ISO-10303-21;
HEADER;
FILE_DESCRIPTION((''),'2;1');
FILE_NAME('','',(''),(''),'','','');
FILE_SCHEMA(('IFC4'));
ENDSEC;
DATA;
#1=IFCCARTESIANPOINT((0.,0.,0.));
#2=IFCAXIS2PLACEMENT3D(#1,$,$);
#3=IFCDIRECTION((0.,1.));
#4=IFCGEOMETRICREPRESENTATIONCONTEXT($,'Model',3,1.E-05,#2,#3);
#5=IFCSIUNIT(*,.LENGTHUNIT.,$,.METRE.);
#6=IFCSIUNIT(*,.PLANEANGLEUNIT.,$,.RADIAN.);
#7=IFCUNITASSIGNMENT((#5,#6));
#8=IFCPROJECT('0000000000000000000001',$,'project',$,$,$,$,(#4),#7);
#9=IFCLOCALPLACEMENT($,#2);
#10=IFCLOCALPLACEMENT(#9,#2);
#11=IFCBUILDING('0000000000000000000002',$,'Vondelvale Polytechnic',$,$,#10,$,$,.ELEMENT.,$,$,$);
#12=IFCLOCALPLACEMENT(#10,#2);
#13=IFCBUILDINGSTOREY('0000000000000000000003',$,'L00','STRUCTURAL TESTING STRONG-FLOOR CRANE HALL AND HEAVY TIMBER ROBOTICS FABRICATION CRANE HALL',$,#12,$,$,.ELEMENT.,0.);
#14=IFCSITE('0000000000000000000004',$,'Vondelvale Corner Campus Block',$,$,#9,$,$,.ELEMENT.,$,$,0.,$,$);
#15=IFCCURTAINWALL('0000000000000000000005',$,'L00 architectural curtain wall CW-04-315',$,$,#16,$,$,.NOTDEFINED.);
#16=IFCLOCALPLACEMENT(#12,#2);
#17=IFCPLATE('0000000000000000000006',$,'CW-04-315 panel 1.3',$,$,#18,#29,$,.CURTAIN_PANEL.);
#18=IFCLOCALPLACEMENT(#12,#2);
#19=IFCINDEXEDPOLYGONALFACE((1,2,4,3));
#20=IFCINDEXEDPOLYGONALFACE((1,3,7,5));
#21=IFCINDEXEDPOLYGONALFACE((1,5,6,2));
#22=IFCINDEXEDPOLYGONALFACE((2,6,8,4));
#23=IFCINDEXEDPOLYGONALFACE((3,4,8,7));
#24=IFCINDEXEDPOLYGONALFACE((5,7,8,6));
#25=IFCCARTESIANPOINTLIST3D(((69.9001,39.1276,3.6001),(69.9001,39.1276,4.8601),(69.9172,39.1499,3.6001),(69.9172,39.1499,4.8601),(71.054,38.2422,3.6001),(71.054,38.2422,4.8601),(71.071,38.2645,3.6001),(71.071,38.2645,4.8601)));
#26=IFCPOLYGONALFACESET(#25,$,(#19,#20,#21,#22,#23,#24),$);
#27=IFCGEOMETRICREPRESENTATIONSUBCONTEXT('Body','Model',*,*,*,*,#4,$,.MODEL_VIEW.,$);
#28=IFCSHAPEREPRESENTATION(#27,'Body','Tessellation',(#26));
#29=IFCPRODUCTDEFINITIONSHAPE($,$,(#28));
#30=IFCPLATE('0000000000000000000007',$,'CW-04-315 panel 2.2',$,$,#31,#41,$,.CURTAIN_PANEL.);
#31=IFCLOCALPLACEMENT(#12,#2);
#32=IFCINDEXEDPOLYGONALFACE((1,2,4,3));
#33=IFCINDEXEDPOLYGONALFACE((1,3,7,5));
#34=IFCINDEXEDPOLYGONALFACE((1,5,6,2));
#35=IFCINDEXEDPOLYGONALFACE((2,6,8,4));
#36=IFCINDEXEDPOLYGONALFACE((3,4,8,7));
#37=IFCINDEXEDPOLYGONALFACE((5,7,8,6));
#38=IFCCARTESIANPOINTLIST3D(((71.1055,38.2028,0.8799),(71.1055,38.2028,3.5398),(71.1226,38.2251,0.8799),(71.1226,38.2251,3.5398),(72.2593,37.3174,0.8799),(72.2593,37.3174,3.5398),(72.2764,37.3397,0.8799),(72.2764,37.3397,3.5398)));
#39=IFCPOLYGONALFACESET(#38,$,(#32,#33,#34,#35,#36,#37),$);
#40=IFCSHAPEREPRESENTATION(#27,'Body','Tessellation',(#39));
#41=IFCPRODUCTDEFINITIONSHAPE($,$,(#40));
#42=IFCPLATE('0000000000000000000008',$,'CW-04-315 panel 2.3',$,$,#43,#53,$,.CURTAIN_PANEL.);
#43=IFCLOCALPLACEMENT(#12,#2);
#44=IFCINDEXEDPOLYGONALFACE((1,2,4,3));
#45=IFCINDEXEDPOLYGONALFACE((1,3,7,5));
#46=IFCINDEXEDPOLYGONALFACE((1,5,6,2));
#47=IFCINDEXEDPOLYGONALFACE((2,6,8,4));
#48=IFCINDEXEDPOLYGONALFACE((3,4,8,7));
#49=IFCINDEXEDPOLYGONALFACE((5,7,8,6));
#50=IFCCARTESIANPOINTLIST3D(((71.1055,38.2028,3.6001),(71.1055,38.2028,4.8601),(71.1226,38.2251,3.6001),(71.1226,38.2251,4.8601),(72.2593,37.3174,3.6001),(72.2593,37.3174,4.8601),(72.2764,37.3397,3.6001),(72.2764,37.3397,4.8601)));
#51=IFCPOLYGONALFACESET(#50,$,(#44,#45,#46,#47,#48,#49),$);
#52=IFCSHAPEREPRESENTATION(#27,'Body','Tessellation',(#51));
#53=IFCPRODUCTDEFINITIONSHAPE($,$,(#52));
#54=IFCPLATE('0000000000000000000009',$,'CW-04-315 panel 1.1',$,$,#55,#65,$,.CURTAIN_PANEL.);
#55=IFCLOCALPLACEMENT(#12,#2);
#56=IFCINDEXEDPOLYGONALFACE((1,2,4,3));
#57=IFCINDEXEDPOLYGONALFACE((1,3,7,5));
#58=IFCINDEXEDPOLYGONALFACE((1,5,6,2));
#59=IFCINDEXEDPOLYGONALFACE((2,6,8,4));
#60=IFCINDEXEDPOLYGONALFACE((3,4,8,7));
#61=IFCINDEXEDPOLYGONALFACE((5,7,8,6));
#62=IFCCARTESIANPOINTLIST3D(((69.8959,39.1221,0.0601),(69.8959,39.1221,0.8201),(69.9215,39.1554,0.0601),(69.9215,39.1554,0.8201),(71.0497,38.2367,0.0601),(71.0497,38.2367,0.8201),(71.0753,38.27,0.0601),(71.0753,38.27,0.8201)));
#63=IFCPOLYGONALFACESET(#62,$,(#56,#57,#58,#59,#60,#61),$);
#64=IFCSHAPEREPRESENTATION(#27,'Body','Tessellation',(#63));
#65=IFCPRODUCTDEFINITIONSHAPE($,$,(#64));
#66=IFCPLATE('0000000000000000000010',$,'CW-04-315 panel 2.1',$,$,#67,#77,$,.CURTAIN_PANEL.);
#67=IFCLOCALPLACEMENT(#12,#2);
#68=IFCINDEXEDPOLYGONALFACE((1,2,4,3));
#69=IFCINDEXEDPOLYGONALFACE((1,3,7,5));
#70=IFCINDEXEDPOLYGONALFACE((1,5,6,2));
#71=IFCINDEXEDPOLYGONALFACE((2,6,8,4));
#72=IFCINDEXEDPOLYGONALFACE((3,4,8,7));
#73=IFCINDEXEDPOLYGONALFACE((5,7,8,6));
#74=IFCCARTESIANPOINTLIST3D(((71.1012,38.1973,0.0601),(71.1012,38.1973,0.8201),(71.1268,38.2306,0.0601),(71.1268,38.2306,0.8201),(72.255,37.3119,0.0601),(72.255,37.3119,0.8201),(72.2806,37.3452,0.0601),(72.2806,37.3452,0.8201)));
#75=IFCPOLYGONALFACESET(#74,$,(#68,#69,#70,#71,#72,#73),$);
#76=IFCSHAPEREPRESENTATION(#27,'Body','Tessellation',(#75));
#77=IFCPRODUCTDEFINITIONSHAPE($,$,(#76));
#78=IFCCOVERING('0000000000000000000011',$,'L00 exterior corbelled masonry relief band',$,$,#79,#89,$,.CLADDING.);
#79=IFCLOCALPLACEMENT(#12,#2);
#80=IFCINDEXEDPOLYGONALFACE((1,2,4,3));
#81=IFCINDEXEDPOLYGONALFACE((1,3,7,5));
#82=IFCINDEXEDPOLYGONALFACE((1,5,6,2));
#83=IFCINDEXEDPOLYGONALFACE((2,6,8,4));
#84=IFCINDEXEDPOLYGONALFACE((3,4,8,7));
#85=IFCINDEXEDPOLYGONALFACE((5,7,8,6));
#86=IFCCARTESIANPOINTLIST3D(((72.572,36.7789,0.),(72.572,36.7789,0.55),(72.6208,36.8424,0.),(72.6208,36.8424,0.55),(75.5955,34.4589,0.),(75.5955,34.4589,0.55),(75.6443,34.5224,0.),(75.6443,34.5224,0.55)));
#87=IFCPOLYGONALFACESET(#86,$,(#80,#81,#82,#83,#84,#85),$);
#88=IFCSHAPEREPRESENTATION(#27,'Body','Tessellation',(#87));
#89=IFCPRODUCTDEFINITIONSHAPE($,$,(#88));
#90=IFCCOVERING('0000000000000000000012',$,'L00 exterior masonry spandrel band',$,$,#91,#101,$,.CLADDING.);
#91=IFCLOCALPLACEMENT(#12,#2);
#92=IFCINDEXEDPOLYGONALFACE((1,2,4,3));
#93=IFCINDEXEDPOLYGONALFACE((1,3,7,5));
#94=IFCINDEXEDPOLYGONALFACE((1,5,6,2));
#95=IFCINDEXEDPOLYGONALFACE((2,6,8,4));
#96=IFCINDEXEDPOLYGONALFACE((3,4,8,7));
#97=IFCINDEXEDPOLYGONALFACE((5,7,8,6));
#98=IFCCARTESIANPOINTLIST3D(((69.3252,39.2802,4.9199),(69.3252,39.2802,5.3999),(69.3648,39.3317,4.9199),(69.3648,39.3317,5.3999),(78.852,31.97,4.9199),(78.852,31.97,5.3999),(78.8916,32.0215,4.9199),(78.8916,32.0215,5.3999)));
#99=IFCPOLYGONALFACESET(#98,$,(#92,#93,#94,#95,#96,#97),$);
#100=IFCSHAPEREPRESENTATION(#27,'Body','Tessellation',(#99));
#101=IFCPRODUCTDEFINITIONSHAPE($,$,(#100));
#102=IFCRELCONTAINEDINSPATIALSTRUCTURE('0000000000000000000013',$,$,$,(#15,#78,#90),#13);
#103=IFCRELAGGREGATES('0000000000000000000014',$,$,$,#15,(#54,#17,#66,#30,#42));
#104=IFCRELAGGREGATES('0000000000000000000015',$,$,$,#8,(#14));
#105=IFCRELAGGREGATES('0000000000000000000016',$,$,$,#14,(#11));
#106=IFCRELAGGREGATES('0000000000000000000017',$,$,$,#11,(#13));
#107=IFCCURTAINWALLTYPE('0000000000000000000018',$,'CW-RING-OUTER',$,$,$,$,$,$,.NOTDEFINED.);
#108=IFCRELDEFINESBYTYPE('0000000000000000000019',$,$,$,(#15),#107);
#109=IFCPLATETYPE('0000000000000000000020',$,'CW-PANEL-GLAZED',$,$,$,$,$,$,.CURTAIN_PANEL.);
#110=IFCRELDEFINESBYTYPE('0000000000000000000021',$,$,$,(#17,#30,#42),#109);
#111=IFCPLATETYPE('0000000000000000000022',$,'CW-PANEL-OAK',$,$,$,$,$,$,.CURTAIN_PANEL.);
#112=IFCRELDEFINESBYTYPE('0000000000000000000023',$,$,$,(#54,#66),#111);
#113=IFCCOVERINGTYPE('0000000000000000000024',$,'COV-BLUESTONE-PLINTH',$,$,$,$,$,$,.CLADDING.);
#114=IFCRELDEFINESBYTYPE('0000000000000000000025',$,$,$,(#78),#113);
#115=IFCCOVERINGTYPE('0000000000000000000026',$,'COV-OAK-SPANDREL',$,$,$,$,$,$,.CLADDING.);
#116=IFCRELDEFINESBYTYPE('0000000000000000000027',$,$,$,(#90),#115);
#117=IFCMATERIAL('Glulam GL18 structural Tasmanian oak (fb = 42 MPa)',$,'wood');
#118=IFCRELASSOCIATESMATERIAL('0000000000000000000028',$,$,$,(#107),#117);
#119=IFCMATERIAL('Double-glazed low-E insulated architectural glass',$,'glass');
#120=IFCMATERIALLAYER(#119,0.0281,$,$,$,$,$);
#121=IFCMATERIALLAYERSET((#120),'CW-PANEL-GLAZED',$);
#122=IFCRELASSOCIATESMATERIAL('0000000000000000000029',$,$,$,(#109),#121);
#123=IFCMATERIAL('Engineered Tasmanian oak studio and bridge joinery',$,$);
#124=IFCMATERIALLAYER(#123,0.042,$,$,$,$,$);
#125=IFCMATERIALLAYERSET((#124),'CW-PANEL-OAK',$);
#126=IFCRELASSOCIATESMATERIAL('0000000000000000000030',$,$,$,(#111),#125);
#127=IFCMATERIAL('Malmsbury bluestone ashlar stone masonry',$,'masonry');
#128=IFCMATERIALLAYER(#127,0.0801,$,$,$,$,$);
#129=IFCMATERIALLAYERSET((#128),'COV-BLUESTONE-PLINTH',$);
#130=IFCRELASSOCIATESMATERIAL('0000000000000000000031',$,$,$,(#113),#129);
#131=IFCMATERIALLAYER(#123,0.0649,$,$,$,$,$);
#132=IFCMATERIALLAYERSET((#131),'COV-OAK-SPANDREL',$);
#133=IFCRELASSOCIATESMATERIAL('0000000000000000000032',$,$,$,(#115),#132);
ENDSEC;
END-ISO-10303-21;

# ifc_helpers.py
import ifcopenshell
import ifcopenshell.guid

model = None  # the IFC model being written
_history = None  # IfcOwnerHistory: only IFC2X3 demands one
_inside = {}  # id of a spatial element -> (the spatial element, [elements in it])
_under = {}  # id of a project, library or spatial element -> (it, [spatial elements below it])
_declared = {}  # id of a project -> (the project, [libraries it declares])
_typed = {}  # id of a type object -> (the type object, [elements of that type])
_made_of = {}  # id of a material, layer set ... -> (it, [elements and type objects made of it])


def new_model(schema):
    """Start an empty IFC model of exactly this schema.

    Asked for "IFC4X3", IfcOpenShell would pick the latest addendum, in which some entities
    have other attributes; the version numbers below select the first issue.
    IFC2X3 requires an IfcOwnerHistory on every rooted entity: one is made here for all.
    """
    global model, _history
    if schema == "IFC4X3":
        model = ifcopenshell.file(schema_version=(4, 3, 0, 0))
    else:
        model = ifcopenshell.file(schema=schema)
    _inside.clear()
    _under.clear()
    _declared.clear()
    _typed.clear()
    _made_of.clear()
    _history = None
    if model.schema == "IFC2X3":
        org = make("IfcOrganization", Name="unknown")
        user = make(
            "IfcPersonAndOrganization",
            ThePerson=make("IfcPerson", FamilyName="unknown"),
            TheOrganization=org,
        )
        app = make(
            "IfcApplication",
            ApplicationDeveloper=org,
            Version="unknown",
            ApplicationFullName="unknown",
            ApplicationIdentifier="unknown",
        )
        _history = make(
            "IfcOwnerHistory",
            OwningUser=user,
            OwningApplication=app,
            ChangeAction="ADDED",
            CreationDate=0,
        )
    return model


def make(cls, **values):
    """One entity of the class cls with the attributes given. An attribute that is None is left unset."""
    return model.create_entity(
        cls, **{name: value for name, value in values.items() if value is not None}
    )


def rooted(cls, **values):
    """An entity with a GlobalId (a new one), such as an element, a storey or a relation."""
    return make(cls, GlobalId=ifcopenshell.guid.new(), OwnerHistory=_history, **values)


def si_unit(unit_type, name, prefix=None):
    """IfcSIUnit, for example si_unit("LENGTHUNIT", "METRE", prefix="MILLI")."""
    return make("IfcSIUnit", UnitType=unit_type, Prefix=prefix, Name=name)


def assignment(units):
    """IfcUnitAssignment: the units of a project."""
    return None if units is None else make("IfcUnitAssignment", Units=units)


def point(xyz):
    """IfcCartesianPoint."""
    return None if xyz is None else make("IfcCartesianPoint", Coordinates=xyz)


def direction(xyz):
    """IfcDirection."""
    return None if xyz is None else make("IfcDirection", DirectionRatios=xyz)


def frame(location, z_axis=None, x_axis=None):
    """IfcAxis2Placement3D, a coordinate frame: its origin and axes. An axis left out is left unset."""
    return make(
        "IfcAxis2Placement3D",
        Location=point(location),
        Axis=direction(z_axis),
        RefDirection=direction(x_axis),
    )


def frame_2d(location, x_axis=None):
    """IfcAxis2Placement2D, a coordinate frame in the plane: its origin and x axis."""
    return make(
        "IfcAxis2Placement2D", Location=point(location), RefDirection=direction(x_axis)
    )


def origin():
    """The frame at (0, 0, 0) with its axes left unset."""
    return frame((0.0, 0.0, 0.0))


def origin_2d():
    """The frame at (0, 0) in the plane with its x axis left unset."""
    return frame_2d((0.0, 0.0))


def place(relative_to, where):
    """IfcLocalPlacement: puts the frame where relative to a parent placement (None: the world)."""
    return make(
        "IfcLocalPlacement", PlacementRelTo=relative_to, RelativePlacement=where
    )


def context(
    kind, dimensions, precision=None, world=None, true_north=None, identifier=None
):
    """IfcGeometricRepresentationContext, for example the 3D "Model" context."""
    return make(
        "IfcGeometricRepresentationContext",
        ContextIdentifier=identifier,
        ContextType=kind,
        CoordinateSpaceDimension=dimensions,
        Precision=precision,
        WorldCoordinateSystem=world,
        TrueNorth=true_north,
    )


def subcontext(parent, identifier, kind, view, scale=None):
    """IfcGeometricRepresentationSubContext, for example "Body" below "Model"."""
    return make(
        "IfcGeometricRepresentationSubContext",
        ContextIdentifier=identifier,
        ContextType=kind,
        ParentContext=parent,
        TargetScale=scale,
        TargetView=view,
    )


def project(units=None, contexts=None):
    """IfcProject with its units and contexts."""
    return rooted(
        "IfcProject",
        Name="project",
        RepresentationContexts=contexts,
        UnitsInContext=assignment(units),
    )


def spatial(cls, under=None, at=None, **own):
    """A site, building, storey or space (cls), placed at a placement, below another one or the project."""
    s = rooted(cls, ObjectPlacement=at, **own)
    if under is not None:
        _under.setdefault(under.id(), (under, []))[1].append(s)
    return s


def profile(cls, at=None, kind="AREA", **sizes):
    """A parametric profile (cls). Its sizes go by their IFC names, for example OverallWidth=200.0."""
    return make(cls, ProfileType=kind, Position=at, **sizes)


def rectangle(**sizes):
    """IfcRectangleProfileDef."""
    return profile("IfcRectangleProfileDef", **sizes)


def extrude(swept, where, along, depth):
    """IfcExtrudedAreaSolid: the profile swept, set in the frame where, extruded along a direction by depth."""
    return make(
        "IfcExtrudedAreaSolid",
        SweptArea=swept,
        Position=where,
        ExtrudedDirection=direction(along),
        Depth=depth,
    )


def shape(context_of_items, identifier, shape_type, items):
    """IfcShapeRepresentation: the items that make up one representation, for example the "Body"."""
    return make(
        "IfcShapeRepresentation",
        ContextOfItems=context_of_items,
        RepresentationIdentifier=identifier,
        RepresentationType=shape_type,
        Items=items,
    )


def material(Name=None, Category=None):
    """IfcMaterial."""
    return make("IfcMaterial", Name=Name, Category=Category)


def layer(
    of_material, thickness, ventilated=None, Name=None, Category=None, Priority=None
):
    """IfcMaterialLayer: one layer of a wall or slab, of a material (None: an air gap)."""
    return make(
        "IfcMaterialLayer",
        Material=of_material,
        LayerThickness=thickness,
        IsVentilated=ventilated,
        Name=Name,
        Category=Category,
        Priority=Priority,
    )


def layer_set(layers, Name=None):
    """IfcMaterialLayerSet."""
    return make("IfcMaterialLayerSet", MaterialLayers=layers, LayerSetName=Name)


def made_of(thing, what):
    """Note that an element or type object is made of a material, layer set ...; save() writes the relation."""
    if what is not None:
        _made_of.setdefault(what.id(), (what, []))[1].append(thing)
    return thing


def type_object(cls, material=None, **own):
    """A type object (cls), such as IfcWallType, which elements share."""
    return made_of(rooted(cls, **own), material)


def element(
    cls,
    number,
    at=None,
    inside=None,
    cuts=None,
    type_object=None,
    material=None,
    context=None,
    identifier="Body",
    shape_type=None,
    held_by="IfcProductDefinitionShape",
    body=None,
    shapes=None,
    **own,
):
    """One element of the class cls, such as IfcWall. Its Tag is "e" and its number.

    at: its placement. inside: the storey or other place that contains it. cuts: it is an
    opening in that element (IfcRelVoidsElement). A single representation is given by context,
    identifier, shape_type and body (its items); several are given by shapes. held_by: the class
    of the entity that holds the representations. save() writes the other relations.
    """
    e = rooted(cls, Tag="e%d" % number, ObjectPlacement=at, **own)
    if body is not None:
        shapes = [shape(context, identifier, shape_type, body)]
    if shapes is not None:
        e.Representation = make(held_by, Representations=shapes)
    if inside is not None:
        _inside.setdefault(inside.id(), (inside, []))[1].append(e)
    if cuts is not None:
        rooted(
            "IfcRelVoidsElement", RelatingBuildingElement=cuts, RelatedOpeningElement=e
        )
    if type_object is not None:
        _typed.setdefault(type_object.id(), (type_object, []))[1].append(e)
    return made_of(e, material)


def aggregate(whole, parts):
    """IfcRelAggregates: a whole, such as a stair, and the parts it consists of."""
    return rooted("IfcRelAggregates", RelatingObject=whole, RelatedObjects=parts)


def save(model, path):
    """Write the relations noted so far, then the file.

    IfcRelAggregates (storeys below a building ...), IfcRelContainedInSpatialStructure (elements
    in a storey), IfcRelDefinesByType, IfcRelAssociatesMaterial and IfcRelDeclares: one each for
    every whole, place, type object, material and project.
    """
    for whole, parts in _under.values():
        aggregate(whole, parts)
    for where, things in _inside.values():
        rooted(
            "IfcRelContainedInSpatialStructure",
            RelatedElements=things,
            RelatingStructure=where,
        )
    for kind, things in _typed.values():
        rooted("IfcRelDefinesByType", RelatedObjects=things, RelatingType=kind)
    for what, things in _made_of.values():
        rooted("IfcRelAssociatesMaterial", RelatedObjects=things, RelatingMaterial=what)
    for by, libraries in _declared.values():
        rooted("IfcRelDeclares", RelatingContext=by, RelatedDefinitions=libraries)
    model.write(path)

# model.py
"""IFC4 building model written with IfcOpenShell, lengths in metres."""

from ifc_helpers import new_model, si_unit, direction, frame, origin, origin_2d, place, context, subcontext, project, spatial, rectangle, extrude, material, layer, layer_set, type_object, element, aggregate, save


model = new_model("IFC4")

# Units and contexts
model_context = context("Model", 3, precision=1e-05, world=origin(), true_north=direction((0.0, 1.0)))
body_context = subcontext(model_context, "Body", "Model", "MODEL_VIEW")
ifc_project = project(units=[si_unit("LENGTHUNIT", "METRE"), si_unit("PLANEANGLEUNIT", "RADIAN")], contexts=[model_context])

# Site, building, storey
site_placement = place(None, origin())
site = spatial("IfcSite", under=ifc_project, at=site_placement, Name="Vondelvale Corner Campus Block", CompositionType="ELEMENT", RefElevation=0.0)
building_placement = place(site_placement, origin())
building = spatial("IfcBuilding", under=site, at=building_placement, Name="Vondelvale Polytechnic", CompositionType="ELEMENT")
storey_placement = place(building_placement, origin())
storey = spatial("IfcBuildingStorey", under=building, at=storey_placement, Name="L00", Description="STRUCTURAL TESTING STRONG-FLOOR CRANE HALL AND HEAVY TIMBER ROBOTICS FABRICATION CRANE HALL", CompositionType="ELEMENT", Elevation=0.0)

# Shared definitions
ifc_material_1 = material(Name="Glulam GL18 structural Tasmanian oak (fb = 42 MPa)", Category="wood")

# Curtain wall, plates
curtain_wall_type = type_object("IfcCurtainWallType", Name="CW-RING-OUTER", PredefinedType="NOTDEFINED", material=ifc_material_1)
curtain_wall_placement = place(storey_placement, origin())
curtain_wall = element("IfcCurtainWall", 1, at=curtain_wall_placement, inside=storey, type_object=curtain_wall_type, Name="L00 architectural curtain wall CW-04-315", PredefinedType="NOTDEFINED")
ifc_material_2 = material(Name="Double-glazed low-E insulated architectural glass", Category="glass")
ifc_layer_1 = layer(ifc_material_2, 0.0281)
ifc_layer_set_1 = layer_set([ifc_layer_1], Name="CW-PANEL-GLAZED")
plate_type_1 = type_object("IfcPlateType", Name="CW-PANEL-GLAZED", PredefinedType="CURTAIN_PANEL", material=ifc_layer_set_1)
plate_1_placement = place(storey_placement, frame((70.4856, 38.696, 3.6001), z_axis=(0.0, 0.0, 1.0), x_axis=(0.793352, -0.608764, 0.0)))
plate_1 = element("IfcPlate", 2, at=plate_1_placement, type_object=plate_type_1, Name="CW-04-315 panel 1.3", PredefinedType="CURTAIN_PANEL", context=body_context, shape_type="SweptSolid", body=[
    extrude(rectangle(XDim=1.4543, YDim=0.0281, at=origin_2d()), origin(), (0.0, 0.0, 1.0), 1.26),
])
plate_2_placement = place(storey_placement, frame((71.6909, 37.7712, 0.8799), z_axis=(0.0, 0.0, 1.0), x_axis=(0.793352, -0.608764, 0.0)))
plate_2 = element("IfcPlate", 3, at=plate_2_placement, type_object=plate_type_1, Name="CW-04-315 panel 2.2", PredefinedType="CURTAIN_PANEL", context=body_context, shape_type="SweptSolid", body=[
    extrude(rectangle(XDim=1.4543, YDim=0.0281, at=origin_2d()), origin(), (0.0, 0.0, 1.0), 2.6599),
])
plate_3_placement = place(storey_placement, frame((71.6909, 37.7712, 3.6001), z_axis=(0.0, 0.0, 1.0), x_axis=(0.793352, -0.608764, 0.0)))
plate_3 = element("IfcPlate", 4, at=plate_3_placement, type_object=plate_type_1, Name="CW-04-315 panel 2.3", PredefinedType="CURTAIN_PANEL", context=body_context, shape_type="SweptSolid", body=[
    extrude(rectangle(XDim=1.4543, YDim=0.0281, at=origin_2d()), origin(), (0.0, 0.0, 1.0), 1.26),
])
ifc_material_3 = material(Name="Engineered Tasmanian oak studio and bridge joinery")
ifc_layer_2 = layer(ifc_material_3, 0.042)
ifc_layer_set_2 = layer_set([ifc_layer_2], Name="CW-PANEL-OAK")
plate_type_2 = type_object("IfcPlateType", Name="CW-PANEL-OAK", PredefinedType="CURTAIN_PANEL", material=ifc_layer_set_2)
plate_4_placement = place(storey_placement, frame((70.4856, 38.696, 0.0601), z_axis=(0.0, 0.0, 1.0), x_axis=(0.793352, -0.608764, 0.0)))
plate_4 = element("IfcPlate", 5, at=plate_4_placement, type_object=plate_type_2, Name="CW-04-315 panel 1.1", PredefinedType="CURTAIN_PANEL", context=body_context, shape_type="SweptSolid", body=[
    extrude(rectangle(XDim=1.4543, YDim=0.042, at=origin_2d()), origin(), (0.0, 0.0, 1.0), 0.76),
])
plate_5_placement = place(storey_placement, frame((71.6909, 37.7712, 0.0601), z_axis=(0.0, 0.0, 1.0), x_axis=(0.793352, -0.608764, 0.0)))
plate_5 = element("IfcPlate", 6, at=plate_5_placement, type_object=plate_type_2, Name="CW-04-315 panel 2.1", PredefinedType="CURTAIN_PANEL", context=body_context, shape_type="SweptSolid", body=[
    extrude(rectangle(XDim=1.4543, YDim=0.042, at=origin_2d()), origin(), (0.0, 0.0, 1.0), 0.76),
])
aggregate(curtain_wall, [plate_4, plate_1, plate_5, plate_2, plate_3])

# Coverings
ifc_material_4 = material(Name="Malmsbury bluestone ashlar stone masonry", Category="masonry")
ifc_layer_3 = layer(ifc_material_4, 0.0801)
ifc_layer_set_3 = layer_set([ifc_layer_3], Name="COV-BLUESTONE-PLINTH")
covering_type_1 = type_object("IfcCoveringType", Name="COV-BLUESTONE-PLINTH", PredefinedType="CLADDING", material=ifc_layer_set_3)
covering_1_placement = place(storey_placement, frame((74.1082, 35.6506, 0.0), z_axis=(0.0, 0.0, 1.0), x_axis=(-0.793353, 0.608761, 0.0)))
element("IfcCovering", 7, at=covering_1_placement, inside=storey, type_object=covering_type_1, Name="L00 exterior corbelled masonry relief band", PredefinedType="CLADDING", context=body_context, shape_type="SweptSolid", body=[
    extrude(rectangle(XDim=3.811, YDim=0.0801, at=origin_2d()), origin(), (0.0, 0.0, 1.0), 0.55),
])
ifc_layer_4 = layer(ifc_material_3, 0.0649)
ifc_layer_set_4 = layer_set([ifc_layer_4], Name="COV-OAK-SPANDREL")
covering_type_2 = type_object("IfcCoveringType", Name="COV-OAK-SPANDREL", PredefinedType="CLADDING", material=ifc_layer_set_4)
covering_2_placement = place(storey_placement, frame((74.1084, 35.6509, 4.9199), z_axis=(0.0, 0.0, 1.0), x_axis=(0.793353, -0.608761, 0.0)))
element("IfcCovering", 8, at=covering_2_placement, inside=storey, type_object=covering_type_2, Name="L00 exterior masonry spandrel band", PredefinedType="CLADDING", context=body_context, shape_type="SweptSolid", body=[
    extrude(rectangle(XDim=12.0083, YDim=0.0649, at=origin_2d()), origin(), (0.0, 0.0, 1.0), 0.48),
])

save(model, "model.ifc")
